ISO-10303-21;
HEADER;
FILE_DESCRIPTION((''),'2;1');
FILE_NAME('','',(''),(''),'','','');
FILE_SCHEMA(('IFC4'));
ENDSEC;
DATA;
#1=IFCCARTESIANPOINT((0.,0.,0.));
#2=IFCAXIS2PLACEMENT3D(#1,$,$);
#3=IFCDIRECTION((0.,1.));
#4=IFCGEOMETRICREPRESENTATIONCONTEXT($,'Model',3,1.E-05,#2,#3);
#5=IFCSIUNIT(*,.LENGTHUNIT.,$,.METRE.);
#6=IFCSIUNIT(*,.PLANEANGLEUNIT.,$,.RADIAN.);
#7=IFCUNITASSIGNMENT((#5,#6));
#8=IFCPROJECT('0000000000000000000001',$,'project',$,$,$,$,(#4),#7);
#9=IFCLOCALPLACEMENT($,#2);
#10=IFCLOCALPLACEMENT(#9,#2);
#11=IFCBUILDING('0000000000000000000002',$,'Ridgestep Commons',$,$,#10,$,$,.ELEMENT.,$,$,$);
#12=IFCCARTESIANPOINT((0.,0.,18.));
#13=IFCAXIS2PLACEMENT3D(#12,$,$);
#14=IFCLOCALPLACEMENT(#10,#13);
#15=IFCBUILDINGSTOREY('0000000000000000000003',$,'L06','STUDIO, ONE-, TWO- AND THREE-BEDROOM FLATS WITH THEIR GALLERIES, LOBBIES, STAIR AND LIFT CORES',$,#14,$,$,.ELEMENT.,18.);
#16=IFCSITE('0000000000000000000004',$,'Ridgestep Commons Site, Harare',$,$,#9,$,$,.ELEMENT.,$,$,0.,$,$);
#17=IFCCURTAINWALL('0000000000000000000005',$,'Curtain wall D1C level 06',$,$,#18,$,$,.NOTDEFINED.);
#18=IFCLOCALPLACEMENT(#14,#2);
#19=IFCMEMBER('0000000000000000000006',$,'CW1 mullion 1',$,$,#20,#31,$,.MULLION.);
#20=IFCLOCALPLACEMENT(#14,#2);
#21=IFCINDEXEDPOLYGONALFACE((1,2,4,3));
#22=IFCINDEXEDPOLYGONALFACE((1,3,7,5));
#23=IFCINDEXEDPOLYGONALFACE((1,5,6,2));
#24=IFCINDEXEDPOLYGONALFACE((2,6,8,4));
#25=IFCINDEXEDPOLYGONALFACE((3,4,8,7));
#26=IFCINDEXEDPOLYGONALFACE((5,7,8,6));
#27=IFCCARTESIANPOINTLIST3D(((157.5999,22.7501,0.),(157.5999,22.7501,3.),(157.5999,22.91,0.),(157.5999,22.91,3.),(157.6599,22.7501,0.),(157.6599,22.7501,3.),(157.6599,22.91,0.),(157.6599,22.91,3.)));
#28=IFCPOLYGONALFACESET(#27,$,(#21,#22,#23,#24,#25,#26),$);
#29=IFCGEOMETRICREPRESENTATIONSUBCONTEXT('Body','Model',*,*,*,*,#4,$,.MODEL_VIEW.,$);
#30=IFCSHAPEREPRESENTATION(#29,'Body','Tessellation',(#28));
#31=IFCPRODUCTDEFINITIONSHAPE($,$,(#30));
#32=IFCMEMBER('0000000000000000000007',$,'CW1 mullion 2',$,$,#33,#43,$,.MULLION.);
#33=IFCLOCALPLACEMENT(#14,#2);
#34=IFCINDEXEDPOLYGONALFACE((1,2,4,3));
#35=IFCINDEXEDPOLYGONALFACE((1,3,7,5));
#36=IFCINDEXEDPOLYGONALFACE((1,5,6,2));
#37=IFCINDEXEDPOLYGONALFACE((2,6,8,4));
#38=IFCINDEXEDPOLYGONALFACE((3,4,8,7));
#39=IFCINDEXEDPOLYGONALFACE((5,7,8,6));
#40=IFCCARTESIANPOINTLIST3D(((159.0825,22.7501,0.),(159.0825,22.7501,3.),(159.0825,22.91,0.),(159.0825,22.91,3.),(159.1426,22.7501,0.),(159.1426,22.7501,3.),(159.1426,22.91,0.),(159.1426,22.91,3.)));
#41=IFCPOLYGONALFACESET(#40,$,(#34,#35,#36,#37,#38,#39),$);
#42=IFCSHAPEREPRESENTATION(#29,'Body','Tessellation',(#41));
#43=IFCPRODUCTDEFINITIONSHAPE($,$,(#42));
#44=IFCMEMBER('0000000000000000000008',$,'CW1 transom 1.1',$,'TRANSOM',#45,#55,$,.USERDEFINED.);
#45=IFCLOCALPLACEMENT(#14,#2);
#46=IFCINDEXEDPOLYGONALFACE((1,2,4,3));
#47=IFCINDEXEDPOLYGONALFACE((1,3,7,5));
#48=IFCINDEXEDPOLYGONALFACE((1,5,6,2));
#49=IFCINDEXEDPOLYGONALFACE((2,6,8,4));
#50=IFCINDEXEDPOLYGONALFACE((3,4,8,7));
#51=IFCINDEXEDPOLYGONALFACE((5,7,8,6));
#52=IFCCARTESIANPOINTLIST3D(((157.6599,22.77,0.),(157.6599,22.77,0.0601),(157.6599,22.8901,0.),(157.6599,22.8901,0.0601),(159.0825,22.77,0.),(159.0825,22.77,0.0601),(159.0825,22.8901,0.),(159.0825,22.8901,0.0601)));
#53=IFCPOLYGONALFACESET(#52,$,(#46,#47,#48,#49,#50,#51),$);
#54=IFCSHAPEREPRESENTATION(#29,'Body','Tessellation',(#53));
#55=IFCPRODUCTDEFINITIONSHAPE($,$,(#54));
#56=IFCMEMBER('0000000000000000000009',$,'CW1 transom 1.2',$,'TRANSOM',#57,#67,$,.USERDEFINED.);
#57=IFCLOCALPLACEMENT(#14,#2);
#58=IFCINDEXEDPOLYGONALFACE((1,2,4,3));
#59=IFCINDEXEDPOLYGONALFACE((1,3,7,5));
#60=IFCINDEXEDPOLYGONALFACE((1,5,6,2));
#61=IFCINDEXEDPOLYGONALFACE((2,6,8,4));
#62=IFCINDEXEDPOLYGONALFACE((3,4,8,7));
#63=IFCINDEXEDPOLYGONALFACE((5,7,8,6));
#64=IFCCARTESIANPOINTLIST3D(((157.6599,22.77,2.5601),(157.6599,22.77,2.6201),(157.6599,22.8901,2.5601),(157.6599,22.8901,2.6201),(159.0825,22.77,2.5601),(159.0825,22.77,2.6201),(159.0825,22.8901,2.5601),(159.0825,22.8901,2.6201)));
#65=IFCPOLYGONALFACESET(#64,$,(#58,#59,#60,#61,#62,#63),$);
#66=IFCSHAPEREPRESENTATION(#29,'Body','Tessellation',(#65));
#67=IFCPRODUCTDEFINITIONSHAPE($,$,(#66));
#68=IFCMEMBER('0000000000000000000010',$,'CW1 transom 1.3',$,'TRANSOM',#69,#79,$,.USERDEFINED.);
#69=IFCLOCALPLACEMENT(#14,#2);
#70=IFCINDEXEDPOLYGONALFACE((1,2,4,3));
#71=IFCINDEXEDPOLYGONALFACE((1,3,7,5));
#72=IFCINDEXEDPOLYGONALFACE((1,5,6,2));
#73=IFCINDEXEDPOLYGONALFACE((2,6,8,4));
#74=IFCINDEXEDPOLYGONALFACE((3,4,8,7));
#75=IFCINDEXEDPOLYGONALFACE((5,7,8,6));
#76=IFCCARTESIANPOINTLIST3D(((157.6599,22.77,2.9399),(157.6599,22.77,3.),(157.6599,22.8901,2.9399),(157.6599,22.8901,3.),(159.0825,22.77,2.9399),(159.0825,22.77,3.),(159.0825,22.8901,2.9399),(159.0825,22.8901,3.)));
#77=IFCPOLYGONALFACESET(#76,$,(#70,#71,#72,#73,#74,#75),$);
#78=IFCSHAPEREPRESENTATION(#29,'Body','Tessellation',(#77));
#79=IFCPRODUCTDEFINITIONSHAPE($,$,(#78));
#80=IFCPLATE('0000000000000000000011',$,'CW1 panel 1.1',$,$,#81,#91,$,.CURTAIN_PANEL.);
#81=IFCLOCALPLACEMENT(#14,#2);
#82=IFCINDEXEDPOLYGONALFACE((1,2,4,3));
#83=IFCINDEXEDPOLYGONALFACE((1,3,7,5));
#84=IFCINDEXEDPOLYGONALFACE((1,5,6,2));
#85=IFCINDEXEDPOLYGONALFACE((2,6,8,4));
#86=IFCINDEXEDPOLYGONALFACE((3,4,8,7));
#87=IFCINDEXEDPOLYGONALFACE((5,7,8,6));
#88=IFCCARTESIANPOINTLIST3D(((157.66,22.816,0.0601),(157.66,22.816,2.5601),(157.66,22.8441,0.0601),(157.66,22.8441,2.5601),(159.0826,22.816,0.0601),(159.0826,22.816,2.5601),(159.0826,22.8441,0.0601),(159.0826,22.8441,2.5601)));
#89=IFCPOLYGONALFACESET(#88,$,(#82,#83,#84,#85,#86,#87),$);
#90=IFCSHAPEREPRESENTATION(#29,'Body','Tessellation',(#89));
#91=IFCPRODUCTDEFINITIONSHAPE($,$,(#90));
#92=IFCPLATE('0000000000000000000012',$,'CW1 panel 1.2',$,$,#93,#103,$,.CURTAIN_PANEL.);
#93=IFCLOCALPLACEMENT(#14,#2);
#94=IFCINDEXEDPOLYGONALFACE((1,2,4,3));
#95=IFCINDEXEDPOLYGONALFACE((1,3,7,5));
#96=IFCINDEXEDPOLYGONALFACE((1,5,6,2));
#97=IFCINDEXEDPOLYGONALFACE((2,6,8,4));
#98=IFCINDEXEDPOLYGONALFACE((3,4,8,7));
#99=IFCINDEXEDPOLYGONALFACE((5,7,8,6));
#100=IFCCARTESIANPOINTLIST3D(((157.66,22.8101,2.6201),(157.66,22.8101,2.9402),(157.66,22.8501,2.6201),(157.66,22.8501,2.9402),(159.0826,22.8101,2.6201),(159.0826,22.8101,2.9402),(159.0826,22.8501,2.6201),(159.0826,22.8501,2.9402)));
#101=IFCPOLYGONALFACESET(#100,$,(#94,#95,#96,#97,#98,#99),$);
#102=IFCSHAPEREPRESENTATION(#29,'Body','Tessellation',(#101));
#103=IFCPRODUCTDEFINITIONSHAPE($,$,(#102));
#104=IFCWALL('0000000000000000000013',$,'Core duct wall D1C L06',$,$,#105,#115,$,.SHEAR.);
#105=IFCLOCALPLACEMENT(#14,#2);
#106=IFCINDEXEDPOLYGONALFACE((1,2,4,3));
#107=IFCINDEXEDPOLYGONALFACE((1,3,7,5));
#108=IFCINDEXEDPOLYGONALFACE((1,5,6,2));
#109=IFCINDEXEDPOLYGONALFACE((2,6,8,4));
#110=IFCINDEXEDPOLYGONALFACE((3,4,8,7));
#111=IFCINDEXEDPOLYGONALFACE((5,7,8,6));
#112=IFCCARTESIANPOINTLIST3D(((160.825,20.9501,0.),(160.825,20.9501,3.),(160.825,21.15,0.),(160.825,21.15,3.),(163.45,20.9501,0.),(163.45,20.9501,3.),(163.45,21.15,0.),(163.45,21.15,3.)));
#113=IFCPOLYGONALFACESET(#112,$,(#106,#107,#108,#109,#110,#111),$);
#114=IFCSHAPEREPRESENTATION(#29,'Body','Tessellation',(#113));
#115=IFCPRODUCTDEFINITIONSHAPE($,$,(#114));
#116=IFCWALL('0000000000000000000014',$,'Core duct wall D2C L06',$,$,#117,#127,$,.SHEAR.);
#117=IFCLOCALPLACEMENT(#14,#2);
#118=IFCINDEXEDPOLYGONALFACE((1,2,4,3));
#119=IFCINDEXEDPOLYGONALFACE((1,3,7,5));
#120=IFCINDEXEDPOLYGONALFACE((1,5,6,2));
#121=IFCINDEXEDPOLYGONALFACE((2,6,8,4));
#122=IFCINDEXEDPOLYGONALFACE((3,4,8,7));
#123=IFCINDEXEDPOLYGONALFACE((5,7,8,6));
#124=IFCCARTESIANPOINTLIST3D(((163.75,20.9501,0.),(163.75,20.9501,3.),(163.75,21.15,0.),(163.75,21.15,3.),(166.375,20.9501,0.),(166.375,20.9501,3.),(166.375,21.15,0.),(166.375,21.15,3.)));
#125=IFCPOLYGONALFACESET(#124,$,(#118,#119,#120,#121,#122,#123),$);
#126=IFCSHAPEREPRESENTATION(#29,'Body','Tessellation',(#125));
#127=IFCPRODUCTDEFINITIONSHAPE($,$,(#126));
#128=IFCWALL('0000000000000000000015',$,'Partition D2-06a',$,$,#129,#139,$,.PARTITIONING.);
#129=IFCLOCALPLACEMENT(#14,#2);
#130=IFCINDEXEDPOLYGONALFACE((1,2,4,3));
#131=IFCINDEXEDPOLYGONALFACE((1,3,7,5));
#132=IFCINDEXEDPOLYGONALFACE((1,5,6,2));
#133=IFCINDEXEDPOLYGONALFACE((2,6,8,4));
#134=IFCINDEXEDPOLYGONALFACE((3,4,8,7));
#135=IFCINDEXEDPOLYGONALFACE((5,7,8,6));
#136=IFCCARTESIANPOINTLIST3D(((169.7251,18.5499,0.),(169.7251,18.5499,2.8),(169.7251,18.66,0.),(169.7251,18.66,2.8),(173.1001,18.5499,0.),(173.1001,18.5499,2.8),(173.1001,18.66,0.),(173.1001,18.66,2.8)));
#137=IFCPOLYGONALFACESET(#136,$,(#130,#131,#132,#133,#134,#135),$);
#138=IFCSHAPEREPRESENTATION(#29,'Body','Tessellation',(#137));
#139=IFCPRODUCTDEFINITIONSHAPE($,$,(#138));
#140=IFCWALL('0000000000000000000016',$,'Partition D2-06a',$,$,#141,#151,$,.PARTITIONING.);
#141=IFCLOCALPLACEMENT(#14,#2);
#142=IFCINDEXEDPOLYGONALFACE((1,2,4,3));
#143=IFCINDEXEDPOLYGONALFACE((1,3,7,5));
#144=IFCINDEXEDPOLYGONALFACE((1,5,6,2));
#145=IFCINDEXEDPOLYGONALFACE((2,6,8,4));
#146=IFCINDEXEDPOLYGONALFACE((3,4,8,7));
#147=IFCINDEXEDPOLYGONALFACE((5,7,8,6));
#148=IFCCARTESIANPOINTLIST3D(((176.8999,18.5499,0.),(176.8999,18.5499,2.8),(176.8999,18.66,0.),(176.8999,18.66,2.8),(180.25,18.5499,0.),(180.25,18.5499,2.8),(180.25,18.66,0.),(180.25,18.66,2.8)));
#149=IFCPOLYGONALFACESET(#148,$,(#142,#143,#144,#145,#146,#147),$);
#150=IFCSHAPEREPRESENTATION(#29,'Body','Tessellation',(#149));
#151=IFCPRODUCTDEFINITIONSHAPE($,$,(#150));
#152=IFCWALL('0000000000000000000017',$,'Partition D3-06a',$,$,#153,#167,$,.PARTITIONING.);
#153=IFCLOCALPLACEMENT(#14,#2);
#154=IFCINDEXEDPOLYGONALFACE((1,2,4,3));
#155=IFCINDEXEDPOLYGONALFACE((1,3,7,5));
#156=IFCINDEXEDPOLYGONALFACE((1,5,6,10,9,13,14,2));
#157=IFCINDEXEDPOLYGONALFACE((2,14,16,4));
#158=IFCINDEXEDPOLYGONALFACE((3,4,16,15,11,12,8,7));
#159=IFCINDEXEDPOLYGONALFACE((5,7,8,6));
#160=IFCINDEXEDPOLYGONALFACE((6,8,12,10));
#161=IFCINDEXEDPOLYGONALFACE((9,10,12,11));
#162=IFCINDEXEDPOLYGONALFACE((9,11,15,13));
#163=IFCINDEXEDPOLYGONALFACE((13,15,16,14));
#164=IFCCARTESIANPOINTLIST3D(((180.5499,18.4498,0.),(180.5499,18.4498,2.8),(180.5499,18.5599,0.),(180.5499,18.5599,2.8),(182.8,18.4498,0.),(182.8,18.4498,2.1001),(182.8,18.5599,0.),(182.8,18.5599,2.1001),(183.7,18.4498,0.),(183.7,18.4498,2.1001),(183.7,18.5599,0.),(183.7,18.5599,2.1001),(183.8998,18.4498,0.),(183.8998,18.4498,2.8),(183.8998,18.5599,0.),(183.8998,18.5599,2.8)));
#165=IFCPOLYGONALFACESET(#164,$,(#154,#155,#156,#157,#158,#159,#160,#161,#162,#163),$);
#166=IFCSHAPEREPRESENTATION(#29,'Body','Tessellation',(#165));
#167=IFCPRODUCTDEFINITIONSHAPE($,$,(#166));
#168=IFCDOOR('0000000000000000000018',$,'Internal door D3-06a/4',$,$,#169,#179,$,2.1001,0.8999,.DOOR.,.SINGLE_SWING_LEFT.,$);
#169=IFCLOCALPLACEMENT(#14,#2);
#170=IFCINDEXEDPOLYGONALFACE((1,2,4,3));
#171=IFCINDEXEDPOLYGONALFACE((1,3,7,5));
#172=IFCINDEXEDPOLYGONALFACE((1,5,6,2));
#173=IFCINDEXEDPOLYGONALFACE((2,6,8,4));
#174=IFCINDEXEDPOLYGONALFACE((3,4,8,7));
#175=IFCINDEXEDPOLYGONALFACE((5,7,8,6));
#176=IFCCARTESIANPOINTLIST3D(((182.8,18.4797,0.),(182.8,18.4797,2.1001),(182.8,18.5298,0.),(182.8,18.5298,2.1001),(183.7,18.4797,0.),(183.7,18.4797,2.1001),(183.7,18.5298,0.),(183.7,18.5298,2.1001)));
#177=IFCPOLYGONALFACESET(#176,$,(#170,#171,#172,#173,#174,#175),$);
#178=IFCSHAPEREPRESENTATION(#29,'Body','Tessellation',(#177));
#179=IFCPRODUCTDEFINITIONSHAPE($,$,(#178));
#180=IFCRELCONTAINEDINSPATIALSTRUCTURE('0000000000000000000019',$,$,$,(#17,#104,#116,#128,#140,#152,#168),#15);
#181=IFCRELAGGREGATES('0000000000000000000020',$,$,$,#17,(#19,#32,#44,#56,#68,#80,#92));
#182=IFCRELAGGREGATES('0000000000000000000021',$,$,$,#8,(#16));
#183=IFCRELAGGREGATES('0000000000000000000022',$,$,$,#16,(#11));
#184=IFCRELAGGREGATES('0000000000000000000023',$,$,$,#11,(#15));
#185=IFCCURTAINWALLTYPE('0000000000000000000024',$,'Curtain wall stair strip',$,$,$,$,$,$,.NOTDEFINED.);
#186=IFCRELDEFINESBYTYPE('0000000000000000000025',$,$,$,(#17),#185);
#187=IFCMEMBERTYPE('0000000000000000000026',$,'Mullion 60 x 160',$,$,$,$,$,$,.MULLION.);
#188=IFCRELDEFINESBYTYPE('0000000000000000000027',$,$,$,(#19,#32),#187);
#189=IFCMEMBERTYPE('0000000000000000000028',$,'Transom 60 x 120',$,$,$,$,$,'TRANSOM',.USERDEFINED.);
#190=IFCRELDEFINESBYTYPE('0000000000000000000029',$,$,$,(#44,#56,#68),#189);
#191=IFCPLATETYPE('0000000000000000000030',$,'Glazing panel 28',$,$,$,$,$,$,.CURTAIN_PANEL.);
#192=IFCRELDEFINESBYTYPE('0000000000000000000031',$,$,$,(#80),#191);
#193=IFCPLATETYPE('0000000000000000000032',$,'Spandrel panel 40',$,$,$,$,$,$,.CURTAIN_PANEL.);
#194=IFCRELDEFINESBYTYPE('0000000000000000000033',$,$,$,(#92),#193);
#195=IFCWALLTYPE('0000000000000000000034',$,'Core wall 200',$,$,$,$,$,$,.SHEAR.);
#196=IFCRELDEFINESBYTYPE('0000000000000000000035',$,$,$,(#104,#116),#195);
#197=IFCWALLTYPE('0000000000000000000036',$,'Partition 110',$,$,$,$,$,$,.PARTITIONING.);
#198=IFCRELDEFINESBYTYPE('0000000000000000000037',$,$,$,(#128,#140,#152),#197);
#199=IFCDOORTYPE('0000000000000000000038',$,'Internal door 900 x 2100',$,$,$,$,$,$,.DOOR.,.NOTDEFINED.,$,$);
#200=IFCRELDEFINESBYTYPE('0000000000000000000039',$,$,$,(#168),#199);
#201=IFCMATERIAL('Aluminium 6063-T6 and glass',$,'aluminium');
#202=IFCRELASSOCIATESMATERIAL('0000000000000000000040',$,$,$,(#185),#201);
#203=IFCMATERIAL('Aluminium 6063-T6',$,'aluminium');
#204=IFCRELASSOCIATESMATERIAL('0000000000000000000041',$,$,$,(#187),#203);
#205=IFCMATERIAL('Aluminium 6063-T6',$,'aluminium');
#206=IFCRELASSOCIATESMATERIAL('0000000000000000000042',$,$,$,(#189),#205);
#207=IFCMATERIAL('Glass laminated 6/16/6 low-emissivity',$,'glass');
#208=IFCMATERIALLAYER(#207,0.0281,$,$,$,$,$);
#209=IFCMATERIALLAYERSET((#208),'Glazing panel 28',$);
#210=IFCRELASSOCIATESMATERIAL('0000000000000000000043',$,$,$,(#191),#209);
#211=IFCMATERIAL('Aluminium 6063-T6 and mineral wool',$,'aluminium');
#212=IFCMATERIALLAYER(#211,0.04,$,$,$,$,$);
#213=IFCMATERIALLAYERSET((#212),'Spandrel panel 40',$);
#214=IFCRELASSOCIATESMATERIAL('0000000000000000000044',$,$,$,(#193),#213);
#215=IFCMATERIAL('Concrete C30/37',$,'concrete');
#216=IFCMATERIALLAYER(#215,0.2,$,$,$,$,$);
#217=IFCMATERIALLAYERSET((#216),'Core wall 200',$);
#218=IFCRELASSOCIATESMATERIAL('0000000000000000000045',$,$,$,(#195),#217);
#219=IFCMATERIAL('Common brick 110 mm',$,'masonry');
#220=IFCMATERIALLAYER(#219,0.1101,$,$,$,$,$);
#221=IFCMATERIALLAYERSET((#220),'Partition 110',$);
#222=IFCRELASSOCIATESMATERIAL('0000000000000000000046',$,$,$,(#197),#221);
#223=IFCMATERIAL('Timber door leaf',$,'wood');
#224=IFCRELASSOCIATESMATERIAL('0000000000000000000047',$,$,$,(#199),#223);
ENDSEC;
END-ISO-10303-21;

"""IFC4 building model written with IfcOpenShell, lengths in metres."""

from ifc_helpers import new_model, si_unit, direction, frame, frame_2d, origin, origin_2d, place, context, subcontext, project, spatial, rectangle, extrude, material, layer, layer_set, material_profile, profile_set, type_object, element, fill, aggregate, save


model = new_model("IFC4")

# Units and contexts
model_context = context("Model", 3, precision=1e-05, world=origin(), true_north=direction((0.0, 1.0)))
body_context = subcontext(model_context, "Body", "Model", "MODEL_VIEW")
ifc_project = project(units=[si_unit("LENGTHUNIT", "METRE"), si_unit("PLANEANGLEUNIT", "RADIAN")], contexts=[model_context])

# Site, building, storey
site_placement = place(None, origin())
site = spatial("IfcSite", under=ifc_project, at=site_placement, Name="Ridgestep Commons Site, Harare", CompositionType="ELEMENT", RefElevation=0.0)
building_placement = place(site_placement, origin())
building = spatial("IfcBuilding", under=site, at=building_placement, Name="Ridgestep Commons", CompositionType="ELEMENT")
storey_placement = place(building_placement, frame((0.0, 0.0, 18.0)))
storey = spatial("IfcBuildingStorey", under=building, at=storey_placement, Name="L06", Description="STUDIO, ONE-, TWO- AND THREE-BEDROOM FLATS WITH THEIR GALLERIES, LOBBIES, STAIR AND LIFT CORES", CompositionType="ELEMENT", Elevation=18.0)

# Curtain wall, members, plates
ifc_material_1 = material(Name="Aluminium 6063-T6 and glass", Category="aluminium")
curtain_wall_type = type_object("IfcCurtainWallType", Name="Curtain wall stair strip", PredefinedType="NOTDEFINED", material=ifc_material_1)
curtain_wall_placement = place(storey_placement, origin())
curtain_wall = element("IfcCurtainWall", 1, at=curtain_wall_placement, inside=storey, type_object=curtain_wall_type, Name="Curtain wall D1C level 06", PredefinedType="NOTDEFINED")
ifc_material_2 = material(Name="Aluminium 6063-T6", Category="aluminium")
ifc_material_profile_1 = material_profile(ifc_material_2, rectangle(XDim=0.1599, YDim=0.0601, at=origin_2d()), Name="Mullion 60 x 160")
ifc_profile_set_1 = profile_set([ifc_material_profile_1], Name="Aluminium 6063-T6")
member_type_1 = type_object("IfcMemberType", Name="Mullion 60 x 160", PredefinedType="MULLION", material=ifc_profile_set_1)
member_1_placement = place(storey_placement, frame((157.6299, 22.8301, 0.0), z_axis=(0.0, 0.0, 1.0), x_axis=(0.0, 1.0, 0.0)))
member_1 = element("IfcMember", 2, at=member_1_placement, type_object=member_type_1, Name="CW1 mullion 1", PredefinedType="MULLION", context=body_context, shape_type="SweptSolid", body=[
    extrude(rectangle(XDim=0.1599, YDim=0.0601, at=origin_2d()), origin(), (0.0, 0.0, 1.0), 3.0),
])
member_2_placement = place(storey_placement, frame((159.1125, 22.8301, 0.0), z_axis=(0.0, 0.0, 1.0), x_axis=(0.0, 1.0, 0.0)))
member_2 = element("IfcMember", 3, at=member_2_placement, type_object=member_type_1, Name="CW1 mullion 2", PredefinedType="MULLION", context=body_context, shape_type="SweptSolid", body=[
    extrude(rectangle(XDim=0.1599, YDim=0.0601, at=origin_2d()), origin(), (0.0, 0.0, 1.0), 3.0),
])
ifc_material_3 = material(Name="Aluminium 6063-T6", Category="aluminium")
ifc_material_profile_2 = material_profile(ifc_material_3, rectangle(XDim=0.1201, YDim=0.0601, at=origin_2d()), Name="Transom 60 x 120")
ifc_profile_set_2 = profile_set([ifc_material_profile_2], Name="Aluminium 6063-T6")
member_type_2 = type_object("IfcMemberType", Name="Transom 60 x 120", ElementType="TRANSOM", PredefinedType="USERDEFINED", material=ifc_profile_set_2)
member_3_placement = place(storey_placement, frame((157.6599, 22.8301, 0.03), z_axis=(1.0, 0.0, 0.0), x_axis=(0.0, 1.0, 0.0)))
member_3 = element("IfcMember", 4, at=member_3_placement, type_object=member_type_2, Name="CW1 transom 1.1", ObjectType="TRANSOM", PredefinedType="USERDEFINED", context=body_context, shape_type="SweptSolid", body=[
    extrude(rectangle(XDim=0.1201, YDim=0.0601, at=origin_2d()), origin(), (0.0, 0.0, 1.0), 1.4226),
])
member_4_placement = place(storey_placement, frame((157.6599, 22.8301, 2.5901), z_axis=(1.0, 0.0, 0.0), x_axis=(0.0, 1.0, 0.0)))
member_4 = element("IfcMember", 5, at=member_4_placement, type_object=member_type_2, Name="CW1 transom 1.2", ObjectType="TRANSOM", PredefinedType="USERDEFINED", context=body_context, shape_type="SweptSolid", body=[
    extrude(rectangle(XDim=0.1201, YDim=0.0601, at=origin_2d()), origin(), (0.0, 0.0, 1.0), 1.4226),
])
member_5_placement = place(storey_placement, frame((157.6599, 22.8301, 2.97), z_axis=(1.0, 0.0, 0.0), x_axis=(0.0, 1.0, 0.0)))
member_5 = element("IfcMember", 6, at=member_5_placement, type_object=member_type_2, Name="CW1 transom 1.3", ObjectType="TRANSOM", PredefinedType="USERDEFINED", context=body_context, shape_type="SweptSolid", body=[
    extrude(rectangle(XDim=0.1201, YDim=0.0601, at=origin_2d()), origin(), (0.0, 0.0, 1.0), 1.4226),
])
ifc_material_4 = material(Name="Glass laminated 6/16/6 low-emissivity", Category="glass")
ifc_layer_1 = layer(ifc_material_4, 0.0281)
ifc_layer_set_1 = layer_set([ifc_layer_1], Name="Glazing panel 28")
plate_type_1 = type_object("IfcPlateType", Name="Glazing panel 28", PredefinedType="CURTAIN_PANEL", material=ifc_layer_set_1)
plate_1_placement = place(storey_placement, frame((158.3713, 22.8301, 0.0601), z_axis=(0.0, 0.0, 1.0), x_axis=(1.0, 0.0, 0.0)))
plate_1 = element("IfcPlate", 7, at=plate_1_placement, type_object=plate_type_1, Name="CW1 panel 1.1", PredefinedType="CURTAIN_PANEL", context=body_context, shape_type="SweptSolid", body=[
    extrude(rectangle(XDim=1.4226, YDim=0.0281, at=origin_2d()), origin(), (0.0, 0.0, 1.0), 2.5),
])
ifc_material_5 = material(Name="Aluminium 6063-T6 and mineral wool", Category="aluminium")
ifc_layer_2 = layer(ifc_material_5, 0.04)
ifc_layer_set_2 = layer_set([ifc_layer_2], Name="Spandrel panel 40")
plate_type_2 = type_object("IfcPlateType", Name="Spandrel panel 40", PredefinedType="CURTAIN_PANEL", material=ifc_layer_set_2)
plate_2_placement = place(storey_placement, frame((158.3713, 22.8301, 2.6201), z_axis=(0.0, 0.0, 1.0), x_axis=(1.0, 0.0, 0.0)))
plate_2 = element("IfcPlate", 8, at=plate_2_placement, type_object=plate_type_2, Name="CW1 panel 1.2", PredefinedType="CURTAIN_PANEL", context=body_context, shape_type="SweptSolid", body=[
    extrude(rectangle(XDim=1.4226, YDim=0.04, at=origin_2d()), origin(), (0.0, 0.0, 1.0), 0.3201),
])
aggregate(curtain_wall, [member_1, member_2, member_3, member_4, member_5, plate_1, plate_2])

# Walls
ifc_material_6 = material(Name="Concrete C30/37", Category="concrete")
ifc_layer_3 = layer(ifc_material_6, 0.2)
ifc_layer_set_3 = layer_set([ifc_layer_3], Name="Core wall 200")
wall_type_1 = type_object("IfcWallType", Name="Core wall 200", PredefinedType="SHEAR", material=ifc_layer_set_3)
for number, where, z_axis, x_axis, name in (
    (9, (160.825, 21.05, 0.0), (0.0, 0.0, 1.0), (1.0, 0.0, 0.0), "Core duct wall D1C L06"),
    (10, (163.75, 21.05, 0.0), (0.0, 0.0, 1.0), (1.0, 0.0, 0.0), "Core duct wall D2C L06"),
):
    element("IfcWall", number, at=place(storey_placement, frame(where, z_axis=z_axis, x_axis=x_axis)), inside=storey, type_object=wall_type_1, Name=name, PredefinedType="SHEAR", context=body_context, shape_type="SweptSolid", body=[
        extrude(rectangle(XDim=2.625, YDim=0.2, at=frame_2d((1.3125, 0.0))), origin(), (0.0, 0.0, 1.0), 3.0),
    ])
ifc_material_7 = material(Name="Common brick 110 mm", Category="masonry")
ifc_layer_4 = layer(ifc_material_7, 0.1101)
ifc_layer_set_4 = layer_set([ifc_layer_4], Name="Partition 110")
wall_type_2 = type_object("IfcWallType", Name="Partition 110", PredefinedType="PARTITIONING", material=ifc_layer_set_4)
wall_1_placement = place(storey_placement, frame((169.7251, 18.605, 0.0), z_axis=(0.0, 0.0, 1.0), x_axis=(1.0, 0.0, 0.0)))
element("IfcWall", 11, at=wall_1_placement, inside=storey, type_object=wall_type_2, Name="Partition D2-06a", PredefinedType="PARTITIONING", context=body_context, shape_type="SweptSolid", body=[
    extrude(rectangle(XDim=3.375, YDim=0.1101, at=frame_2d((1.6875, 0.0))), origin(), (0.0, 0.0, 1.0), 2.8),
])
wall_2_placement = place(storey_placement, frame((176.8999, 18.605, 0.0), z_axis=(0.0, 0.0, 1.0), x_axis=(1.0, 0.0, 0.0)))
element("IfcWall", 12, at=wall_2_placement, inside=storey, type_object=wall_type_2, Name="Partition D2-06a", PredefinedType="PARTITIONING", context=body_context, shape_type="SweptSolid", body=[
    extrude(rectangle(XDim=3.3501, YDim=0.1101, at=frame_2d((1.675, 0.0))), origin(), (0.0, 0.0, 1.0), 2.8),
])

# Wall, opening, door
wall_3_placement = place(storey_placement, frame((180.55, 18.5049, 0.0), z_axis=(0.0, 0.0, 1.0), x_axis=(1.0, 0.0, 0.0)))
wall_3 = element("IfcWall", 13, at=wall_3_placement, inside=storey, type_object=wall_type_2, Name="Partition D3-06a", PredefinedType="PARTITIONING", context=body_context, shape_type="SweptSolid", body=[
    extrude(rectangle(XDim=3.3499, YDim=0.1101, at=frame_2d((1.6748, 0.0))), origin(), (0.0, 0.0, 1.0), 2.8),
])
opening_1_placement = place(wall_3_placement, frame((2.25, 0.0, 0.0)))
opening_1 = element("IfcOpeningElement", 14, at=opening_1_placement, cuts=wall_3, PredefinedType="OPENING", context=body_context, shape_type="SweptSolid", body=[
    extrude(rectangle(XDim=0.8999, YDim=2.1001, at=frame_2d((0.45, 1.05))), frame((0.0, 0.0649, 0.0), z_axis=(0.0, -1.0, 0.0), x_axis=(1.0, 0.0, 0.0)), (0.0, 0.0, 1.0), 0.1301),
])
ifc_material_8 = material(Name="Timber door leaf", Category="wood")
door_type = type_object("IfcDoorType", Name="Internal door 900 x 2100", OperationType="NOTDEFINED", PredefinedType="DOOR", material=ifc_material_8)
door_1_placement = place(opening_1_placement, origin())
door_1 = element("IfcDoor", 15, at=door_1_placement, inside=storey, type_object=door_type, Name="Internal door D3-06a/4", OperationType="SINGLE_SWING_LEFT", OverallHeight=2.1001, OverallWidth=0.8999, PredefinedType="DOOR", context=body_context, shape_type="SweptSolid", body=[
    extrude(rectangle(XDim=0.8999, YDim=2.1001, at=frame_2d((0.45, 1.05))), frame((0.0, 0.0249, 0.0), z_axis=(0.0, -1.0, 0.0), x_axis=(1.0, 0.0, 0.0)), (0.0, 0.0, 1.0), 0.05),
])
fill(opening_1, door_1)

save(model, "model.ifc")
